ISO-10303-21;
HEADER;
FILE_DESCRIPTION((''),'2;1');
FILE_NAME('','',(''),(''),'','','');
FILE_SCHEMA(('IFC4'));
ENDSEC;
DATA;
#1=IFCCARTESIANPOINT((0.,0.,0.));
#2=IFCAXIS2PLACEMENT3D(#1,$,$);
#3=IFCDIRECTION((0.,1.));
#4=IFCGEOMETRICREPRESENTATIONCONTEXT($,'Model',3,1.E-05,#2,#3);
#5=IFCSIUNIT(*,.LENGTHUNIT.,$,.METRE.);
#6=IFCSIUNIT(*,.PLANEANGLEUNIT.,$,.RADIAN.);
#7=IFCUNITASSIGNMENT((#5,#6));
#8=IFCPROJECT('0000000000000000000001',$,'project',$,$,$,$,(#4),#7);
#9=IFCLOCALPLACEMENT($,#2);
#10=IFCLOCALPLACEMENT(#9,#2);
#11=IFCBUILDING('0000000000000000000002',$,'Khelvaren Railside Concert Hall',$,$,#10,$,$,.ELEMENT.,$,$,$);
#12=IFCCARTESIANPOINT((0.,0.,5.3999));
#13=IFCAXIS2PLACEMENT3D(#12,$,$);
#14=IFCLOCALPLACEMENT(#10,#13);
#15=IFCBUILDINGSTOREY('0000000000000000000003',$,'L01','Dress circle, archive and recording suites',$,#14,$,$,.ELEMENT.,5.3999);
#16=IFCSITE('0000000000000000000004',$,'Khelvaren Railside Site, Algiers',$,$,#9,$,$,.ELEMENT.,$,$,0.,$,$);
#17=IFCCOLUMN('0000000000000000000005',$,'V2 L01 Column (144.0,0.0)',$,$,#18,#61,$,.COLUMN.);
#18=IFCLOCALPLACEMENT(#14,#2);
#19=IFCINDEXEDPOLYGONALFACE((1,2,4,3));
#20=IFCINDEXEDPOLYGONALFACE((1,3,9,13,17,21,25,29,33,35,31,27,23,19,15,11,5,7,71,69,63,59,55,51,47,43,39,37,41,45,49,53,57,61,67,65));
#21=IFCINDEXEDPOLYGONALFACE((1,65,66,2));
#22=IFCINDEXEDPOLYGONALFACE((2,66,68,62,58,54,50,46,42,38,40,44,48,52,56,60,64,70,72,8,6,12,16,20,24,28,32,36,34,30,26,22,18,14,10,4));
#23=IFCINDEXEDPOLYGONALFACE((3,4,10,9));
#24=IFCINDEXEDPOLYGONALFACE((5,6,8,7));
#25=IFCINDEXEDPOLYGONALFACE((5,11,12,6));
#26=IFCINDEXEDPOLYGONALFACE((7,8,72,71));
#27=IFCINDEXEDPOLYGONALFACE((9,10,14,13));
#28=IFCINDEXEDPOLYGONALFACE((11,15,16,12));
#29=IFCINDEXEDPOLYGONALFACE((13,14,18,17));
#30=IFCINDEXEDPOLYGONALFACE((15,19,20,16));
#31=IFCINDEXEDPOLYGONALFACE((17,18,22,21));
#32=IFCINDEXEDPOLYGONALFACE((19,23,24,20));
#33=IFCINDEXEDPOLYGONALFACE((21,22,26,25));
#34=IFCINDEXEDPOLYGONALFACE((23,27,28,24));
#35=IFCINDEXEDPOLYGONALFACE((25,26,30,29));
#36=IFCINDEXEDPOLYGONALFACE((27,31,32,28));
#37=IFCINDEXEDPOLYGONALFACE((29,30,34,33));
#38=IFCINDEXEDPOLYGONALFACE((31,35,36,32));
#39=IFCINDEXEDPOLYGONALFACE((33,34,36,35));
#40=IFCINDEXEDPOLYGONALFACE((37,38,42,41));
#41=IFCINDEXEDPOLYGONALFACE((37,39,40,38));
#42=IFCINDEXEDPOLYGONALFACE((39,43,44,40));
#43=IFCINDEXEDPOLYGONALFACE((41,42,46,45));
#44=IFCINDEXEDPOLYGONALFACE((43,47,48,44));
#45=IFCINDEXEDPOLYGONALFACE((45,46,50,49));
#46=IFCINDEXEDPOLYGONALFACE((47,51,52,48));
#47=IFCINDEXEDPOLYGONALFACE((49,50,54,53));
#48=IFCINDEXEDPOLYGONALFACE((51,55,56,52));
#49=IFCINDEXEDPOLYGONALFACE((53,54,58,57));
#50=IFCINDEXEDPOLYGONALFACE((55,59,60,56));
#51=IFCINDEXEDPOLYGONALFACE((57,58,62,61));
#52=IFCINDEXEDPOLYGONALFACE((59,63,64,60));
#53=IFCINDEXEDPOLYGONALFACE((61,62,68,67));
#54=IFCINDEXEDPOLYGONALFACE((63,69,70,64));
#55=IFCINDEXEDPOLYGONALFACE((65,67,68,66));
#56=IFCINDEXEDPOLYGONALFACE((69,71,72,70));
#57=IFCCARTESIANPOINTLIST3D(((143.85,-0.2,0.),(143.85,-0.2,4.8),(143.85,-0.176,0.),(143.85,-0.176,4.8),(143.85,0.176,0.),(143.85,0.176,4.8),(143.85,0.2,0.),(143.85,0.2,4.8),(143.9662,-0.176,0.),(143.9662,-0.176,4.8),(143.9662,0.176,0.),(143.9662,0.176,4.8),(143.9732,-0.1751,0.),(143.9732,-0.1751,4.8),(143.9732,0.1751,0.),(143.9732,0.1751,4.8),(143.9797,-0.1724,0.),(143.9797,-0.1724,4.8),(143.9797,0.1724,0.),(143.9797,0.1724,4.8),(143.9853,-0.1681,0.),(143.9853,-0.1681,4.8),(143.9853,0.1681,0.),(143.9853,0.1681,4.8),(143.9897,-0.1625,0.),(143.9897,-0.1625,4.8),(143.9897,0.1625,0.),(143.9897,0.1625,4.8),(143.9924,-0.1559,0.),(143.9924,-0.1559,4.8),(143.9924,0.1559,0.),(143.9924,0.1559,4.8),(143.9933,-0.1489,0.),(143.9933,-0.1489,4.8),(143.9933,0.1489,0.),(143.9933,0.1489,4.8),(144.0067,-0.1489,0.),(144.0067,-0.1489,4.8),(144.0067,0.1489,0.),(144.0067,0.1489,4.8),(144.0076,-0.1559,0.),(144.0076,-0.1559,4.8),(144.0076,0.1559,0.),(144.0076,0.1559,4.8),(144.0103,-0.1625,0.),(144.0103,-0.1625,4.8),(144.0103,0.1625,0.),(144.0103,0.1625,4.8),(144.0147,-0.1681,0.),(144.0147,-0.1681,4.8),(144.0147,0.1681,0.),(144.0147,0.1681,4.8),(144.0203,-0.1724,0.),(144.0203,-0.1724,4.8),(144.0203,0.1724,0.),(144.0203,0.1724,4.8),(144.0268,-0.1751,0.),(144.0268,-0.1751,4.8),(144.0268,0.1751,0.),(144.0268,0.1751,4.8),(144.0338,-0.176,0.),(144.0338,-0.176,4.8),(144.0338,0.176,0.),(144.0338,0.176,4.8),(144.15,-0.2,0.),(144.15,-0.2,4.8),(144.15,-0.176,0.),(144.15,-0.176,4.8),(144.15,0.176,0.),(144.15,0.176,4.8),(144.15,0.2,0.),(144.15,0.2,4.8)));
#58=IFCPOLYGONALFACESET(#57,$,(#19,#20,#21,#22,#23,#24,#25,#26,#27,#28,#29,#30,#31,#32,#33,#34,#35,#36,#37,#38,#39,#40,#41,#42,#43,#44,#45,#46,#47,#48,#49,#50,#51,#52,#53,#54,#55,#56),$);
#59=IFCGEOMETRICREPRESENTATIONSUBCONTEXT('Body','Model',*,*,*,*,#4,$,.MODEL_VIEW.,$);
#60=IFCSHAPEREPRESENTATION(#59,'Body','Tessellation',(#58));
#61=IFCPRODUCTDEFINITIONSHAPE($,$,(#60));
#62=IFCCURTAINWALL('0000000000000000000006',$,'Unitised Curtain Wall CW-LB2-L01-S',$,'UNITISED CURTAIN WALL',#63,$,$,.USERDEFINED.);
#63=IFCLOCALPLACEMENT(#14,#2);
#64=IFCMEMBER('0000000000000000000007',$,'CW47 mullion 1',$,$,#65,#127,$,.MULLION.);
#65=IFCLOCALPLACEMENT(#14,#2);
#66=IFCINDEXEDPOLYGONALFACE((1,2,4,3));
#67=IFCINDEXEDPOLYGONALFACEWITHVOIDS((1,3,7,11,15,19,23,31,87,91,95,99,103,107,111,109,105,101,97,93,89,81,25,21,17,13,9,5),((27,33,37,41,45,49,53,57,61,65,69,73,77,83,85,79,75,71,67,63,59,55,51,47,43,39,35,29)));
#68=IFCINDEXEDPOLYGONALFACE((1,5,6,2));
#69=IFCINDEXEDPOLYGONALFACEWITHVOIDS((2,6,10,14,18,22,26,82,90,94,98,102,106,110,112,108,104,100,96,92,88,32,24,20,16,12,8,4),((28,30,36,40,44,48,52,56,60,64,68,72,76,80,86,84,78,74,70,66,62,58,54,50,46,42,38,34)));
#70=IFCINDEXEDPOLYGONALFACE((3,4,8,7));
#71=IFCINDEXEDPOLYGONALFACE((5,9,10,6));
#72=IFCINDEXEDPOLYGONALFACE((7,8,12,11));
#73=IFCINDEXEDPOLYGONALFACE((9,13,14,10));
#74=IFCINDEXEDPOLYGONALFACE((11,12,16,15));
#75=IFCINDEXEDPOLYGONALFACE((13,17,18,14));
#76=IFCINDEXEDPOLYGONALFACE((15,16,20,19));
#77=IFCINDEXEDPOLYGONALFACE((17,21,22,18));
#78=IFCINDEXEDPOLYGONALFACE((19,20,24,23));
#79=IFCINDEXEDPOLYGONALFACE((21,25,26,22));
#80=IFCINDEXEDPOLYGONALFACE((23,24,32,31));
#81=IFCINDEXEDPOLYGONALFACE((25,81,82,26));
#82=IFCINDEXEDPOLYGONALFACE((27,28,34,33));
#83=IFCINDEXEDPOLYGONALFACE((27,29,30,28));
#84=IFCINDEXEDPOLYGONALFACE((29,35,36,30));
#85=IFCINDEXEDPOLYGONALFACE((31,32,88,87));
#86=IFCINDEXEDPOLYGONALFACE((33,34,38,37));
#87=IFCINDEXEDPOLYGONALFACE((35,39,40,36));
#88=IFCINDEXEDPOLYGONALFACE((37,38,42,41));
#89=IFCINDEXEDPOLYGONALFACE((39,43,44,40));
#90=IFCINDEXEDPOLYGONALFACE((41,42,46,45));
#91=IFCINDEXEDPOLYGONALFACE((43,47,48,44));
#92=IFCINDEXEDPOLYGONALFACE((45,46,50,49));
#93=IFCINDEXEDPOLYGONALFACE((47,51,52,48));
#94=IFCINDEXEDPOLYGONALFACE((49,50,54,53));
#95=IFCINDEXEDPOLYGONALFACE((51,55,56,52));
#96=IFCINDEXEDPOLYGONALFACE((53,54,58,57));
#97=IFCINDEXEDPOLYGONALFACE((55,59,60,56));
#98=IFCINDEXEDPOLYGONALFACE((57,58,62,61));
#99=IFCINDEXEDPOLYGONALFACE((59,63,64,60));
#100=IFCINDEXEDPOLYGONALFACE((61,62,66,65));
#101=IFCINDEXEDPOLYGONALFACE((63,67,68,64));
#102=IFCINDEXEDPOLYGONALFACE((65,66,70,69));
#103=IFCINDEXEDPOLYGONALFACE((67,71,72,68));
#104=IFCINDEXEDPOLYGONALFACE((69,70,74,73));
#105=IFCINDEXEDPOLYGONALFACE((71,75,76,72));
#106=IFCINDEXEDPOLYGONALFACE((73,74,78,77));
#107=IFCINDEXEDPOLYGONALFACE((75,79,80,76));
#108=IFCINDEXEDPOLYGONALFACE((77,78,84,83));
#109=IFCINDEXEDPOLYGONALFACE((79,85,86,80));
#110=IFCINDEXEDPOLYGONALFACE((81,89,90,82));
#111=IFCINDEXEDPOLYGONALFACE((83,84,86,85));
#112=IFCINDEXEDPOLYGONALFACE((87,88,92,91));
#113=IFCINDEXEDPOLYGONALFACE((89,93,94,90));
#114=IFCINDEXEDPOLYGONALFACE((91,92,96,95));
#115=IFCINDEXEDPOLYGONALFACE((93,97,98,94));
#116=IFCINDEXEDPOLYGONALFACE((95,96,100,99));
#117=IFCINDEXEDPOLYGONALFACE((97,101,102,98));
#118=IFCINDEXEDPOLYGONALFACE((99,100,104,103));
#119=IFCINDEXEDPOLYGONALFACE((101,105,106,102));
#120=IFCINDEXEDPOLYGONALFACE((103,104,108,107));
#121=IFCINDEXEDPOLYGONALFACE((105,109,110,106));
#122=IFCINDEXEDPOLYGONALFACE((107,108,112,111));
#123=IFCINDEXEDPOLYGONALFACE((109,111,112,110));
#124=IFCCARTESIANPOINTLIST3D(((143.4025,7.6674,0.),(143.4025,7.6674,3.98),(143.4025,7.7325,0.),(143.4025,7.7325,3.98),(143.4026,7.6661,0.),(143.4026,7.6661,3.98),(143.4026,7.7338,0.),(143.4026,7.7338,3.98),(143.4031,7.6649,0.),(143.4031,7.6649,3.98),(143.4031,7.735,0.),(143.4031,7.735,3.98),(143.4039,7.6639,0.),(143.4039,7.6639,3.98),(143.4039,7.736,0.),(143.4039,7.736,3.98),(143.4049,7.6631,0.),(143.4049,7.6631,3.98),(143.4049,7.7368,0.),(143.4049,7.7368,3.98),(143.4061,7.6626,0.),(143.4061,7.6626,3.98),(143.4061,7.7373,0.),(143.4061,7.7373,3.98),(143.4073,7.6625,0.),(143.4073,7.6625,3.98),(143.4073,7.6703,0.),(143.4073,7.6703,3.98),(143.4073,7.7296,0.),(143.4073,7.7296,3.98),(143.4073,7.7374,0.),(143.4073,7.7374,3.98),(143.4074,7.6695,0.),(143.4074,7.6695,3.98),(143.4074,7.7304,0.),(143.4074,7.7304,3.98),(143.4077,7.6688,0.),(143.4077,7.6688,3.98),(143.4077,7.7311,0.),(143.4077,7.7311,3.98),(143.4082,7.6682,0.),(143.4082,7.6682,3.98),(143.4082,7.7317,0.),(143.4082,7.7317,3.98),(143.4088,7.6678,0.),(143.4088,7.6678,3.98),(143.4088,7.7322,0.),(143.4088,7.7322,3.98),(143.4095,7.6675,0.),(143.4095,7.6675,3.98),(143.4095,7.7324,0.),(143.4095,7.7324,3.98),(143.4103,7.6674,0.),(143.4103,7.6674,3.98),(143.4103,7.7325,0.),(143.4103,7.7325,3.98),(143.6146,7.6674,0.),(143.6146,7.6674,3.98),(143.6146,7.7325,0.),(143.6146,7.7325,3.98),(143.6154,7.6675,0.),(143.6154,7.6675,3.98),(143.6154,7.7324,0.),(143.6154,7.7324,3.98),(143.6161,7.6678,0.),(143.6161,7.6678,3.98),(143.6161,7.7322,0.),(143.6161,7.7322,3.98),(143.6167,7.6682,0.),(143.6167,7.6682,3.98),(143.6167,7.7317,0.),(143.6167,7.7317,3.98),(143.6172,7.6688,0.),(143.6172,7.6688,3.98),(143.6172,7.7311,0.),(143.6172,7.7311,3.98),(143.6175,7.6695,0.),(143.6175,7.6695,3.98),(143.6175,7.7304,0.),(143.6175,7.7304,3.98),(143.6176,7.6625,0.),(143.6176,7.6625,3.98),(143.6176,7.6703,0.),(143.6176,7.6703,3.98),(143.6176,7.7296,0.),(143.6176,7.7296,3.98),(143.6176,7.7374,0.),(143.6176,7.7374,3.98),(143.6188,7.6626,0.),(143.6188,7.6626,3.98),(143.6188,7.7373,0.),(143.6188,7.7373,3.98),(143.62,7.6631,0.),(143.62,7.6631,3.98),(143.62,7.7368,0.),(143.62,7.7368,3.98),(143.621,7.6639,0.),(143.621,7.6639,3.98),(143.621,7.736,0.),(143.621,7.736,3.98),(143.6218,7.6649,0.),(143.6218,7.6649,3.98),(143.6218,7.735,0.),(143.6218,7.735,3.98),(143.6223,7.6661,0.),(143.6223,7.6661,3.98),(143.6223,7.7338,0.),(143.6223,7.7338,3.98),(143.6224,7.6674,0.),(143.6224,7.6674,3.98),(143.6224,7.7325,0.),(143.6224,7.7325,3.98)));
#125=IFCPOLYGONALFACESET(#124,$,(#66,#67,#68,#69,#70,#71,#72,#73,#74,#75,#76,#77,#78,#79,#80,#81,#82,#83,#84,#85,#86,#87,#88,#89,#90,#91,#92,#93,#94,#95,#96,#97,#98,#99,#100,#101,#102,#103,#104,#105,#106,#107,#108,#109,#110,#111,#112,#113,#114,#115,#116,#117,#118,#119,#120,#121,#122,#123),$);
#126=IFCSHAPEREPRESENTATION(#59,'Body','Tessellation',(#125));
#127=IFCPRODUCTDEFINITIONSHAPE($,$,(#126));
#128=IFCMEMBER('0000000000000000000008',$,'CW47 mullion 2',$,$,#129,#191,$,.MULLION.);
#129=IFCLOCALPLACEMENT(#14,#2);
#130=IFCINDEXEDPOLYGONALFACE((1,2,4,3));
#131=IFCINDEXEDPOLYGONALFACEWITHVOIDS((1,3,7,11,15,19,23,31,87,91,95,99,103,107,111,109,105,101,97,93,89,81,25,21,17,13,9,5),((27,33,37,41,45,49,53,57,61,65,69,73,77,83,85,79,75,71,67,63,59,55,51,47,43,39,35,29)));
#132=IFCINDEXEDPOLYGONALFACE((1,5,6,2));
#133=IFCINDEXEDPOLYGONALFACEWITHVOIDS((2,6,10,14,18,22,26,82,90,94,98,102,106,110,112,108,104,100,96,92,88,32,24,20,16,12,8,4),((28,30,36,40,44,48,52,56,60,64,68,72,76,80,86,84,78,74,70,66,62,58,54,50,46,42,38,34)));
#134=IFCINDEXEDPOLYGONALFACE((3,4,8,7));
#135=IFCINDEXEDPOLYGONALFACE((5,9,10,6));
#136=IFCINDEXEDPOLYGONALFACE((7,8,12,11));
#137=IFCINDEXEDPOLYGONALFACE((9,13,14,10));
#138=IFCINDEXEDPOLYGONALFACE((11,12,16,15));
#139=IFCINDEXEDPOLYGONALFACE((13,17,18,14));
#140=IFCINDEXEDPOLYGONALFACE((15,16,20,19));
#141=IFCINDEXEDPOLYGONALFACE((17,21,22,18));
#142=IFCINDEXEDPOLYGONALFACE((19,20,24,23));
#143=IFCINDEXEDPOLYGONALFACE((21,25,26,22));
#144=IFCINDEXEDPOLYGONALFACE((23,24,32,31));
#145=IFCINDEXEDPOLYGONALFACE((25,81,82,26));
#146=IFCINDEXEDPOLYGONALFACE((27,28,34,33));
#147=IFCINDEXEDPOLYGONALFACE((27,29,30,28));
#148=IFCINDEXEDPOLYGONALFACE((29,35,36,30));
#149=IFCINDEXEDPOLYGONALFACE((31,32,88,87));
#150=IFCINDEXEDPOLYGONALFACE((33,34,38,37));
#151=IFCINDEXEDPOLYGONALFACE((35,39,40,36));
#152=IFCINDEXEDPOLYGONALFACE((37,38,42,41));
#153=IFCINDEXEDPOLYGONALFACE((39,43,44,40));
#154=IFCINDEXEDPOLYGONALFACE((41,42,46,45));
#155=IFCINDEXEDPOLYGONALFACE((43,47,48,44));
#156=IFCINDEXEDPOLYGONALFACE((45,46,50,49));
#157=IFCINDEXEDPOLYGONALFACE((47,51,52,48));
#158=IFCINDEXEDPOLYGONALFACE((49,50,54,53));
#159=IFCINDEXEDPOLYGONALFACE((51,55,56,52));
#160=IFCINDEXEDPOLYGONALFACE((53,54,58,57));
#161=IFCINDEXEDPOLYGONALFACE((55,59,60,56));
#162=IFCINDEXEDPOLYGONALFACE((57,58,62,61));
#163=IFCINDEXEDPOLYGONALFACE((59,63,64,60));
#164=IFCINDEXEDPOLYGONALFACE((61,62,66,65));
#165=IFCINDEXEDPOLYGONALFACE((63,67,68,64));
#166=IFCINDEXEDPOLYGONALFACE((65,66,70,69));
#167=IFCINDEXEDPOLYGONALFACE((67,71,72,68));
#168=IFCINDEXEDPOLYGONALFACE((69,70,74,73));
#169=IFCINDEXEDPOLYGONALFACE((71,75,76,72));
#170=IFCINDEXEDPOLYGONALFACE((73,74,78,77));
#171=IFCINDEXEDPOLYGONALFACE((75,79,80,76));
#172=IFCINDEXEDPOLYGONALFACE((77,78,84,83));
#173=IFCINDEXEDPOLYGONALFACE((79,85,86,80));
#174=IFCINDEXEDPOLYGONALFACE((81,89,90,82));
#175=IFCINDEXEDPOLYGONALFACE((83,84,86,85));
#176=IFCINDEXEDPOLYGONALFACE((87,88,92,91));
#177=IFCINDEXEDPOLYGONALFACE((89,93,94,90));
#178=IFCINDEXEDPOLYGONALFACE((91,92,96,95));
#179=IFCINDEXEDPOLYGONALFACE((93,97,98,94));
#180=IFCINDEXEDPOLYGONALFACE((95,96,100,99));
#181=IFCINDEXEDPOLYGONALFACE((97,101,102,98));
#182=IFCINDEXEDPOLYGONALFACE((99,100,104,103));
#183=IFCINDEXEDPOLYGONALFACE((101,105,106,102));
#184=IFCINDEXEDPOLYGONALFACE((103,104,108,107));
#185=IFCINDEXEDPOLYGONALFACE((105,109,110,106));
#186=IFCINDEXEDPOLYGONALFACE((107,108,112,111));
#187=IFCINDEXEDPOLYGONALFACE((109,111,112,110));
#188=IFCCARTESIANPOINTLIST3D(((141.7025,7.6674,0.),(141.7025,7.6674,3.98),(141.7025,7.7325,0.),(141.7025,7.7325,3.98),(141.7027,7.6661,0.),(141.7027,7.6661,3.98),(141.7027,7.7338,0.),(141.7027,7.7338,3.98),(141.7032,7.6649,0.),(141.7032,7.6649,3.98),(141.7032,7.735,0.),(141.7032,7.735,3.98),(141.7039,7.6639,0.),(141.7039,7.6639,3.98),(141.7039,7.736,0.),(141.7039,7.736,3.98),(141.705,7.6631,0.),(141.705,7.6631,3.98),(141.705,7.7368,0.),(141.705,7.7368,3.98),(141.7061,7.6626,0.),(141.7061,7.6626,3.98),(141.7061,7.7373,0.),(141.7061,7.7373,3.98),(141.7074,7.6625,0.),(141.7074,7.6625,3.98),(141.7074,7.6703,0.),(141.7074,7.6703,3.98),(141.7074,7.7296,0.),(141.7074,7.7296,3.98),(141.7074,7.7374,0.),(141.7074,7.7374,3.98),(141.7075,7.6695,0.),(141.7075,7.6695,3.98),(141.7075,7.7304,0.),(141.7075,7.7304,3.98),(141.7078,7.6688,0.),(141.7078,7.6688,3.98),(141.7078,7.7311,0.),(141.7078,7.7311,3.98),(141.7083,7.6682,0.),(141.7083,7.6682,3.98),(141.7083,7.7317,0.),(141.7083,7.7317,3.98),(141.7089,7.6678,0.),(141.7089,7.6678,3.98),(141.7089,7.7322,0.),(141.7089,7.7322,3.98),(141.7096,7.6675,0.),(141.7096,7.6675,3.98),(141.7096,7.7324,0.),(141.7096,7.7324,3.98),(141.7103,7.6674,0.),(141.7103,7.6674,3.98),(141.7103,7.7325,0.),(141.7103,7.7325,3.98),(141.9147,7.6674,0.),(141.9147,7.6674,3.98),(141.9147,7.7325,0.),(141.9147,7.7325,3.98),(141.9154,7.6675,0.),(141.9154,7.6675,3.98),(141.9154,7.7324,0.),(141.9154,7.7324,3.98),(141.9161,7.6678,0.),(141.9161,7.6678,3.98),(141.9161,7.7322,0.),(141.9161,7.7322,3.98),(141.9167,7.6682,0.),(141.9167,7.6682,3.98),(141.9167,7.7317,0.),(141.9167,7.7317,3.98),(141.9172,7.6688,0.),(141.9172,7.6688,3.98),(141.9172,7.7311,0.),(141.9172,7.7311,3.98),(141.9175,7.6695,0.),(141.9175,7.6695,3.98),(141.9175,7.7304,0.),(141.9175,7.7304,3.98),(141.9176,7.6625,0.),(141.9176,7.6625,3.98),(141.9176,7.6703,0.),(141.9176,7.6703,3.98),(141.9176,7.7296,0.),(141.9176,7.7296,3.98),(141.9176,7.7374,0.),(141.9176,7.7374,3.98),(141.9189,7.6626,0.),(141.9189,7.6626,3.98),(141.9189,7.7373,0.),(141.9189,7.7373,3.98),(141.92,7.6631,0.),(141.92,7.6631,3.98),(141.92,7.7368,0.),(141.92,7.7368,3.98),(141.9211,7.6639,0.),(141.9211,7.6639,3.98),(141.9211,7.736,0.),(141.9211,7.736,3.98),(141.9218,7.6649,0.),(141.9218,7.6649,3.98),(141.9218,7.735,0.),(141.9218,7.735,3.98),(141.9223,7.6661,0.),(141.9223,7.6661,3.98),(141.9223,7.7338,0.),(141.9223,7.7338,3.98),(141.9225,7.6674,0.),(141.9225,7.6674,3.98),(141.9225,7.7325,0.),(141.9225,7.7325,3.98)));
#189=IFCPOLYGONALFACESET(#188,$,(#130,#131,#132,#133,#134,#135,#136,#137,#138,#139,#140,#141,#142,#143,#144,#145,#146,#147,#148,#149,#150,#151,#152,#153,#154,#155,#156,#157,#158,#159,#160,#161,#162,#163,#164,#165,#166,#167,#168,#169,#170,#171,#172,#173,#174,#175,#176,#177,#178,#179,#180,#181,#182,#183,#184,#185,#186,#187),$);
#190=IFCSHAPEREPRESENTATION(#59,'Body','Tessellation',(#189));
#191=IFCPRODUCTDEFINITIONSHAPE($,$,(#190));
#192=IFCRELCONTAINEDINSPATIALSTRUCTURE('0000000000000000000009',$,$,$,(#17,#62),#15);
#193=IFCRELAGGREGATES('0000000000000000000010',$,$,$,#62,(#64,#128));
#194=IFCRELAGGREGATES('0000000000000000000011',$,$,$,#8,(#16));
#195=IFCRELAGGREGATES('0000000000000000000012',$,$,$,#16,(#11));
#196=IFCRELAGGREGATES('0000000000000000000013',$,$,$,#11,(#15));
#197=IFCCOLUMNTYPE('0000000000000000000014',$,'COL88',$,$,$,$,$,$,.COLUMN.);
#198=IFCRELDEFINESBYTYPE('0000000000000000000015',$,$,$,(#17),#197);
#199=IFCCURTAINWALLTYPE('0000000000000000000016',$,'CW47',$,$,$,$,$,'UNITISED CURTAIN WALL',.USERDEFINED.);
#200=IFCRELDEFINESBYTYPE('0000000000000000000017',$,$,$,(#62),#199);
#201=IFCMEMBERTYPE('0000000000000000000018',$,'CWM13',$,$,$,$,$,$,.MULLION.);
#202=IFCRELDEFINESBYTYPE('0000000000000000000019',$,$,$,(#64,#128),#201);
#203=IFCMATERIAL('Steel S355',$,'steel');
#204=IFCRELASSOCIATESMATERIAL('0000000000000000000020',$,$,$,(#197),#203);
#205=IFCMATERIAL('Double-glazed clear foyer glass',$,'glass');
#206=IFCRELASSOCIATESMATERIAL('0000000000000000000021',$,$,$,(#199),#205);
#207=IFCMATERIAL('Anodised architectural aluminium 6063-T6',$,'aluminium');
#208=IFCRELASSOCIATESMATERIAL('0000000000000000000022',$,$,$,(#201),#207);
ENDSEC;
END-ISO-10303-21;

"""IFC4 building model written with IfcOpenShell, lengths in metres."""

from ifc_helpers import new_model, si_unit, direction, frame, origin, origin_2d, place, context, subcontext, project, spatial, hollow_rectangle, i_section, extrude, material, material_profile, profile_set, type_object, element, aggregate, save


model = new_model("IFC4")

# Units and contexts
model_context = context("Model", 3, precision=1e-05, world=origin(), true_north=direction((0.0, 1.0)))
body_context = subcontext(model_context, "Body", "Model", "MODEL_VIEW")
ifc_project = project(units=[si_unit("LENGTHUNIT", "METRE"), si_unit("PLANEANGLEUNIT", "RADIAN")], contexts=[model_context])

# Site, building, storey
site_placement = place(None, origin())
site = spatial("IfcSite", under=ifc_project, at=site_placement, Name="Khelvaren Railside Site, Algiers", CompositionType="ELEMENT", RefElevation=0.0)
building_placement = place(site_placement, origin())
building = spatial("IfcBuilding", under=site, at=building_placement, Name="Khelvaren Railside Concert Hall", CompositionType="ELEMENT")
storey_placement = place(building_placement, frame((0.0, 0.0, 5.3999)))
storey = spatial("IfcBuildingStorey", under=building, at=storey_placement, Name="L01", Description="Dress circle, archive and recording suites", CompositionType="ELEMENT", Elevation=5.3999)

# Column
ifc_material_1 = material(Name="Steel S355", Category="steel")
ifc_material_profile_1 = material_profile(ifc_material_1, i_section(OverallWidth=0.3, OverallDepth=0.3999, WebThickness=0.0134, FlangeThickness=0.0239, FilletRadius=0.0271, at=origin_2d()), Name="HEB 400")
ifc_profile_set_1 = profile_set([ifc_material_profile_1], Name="Steel S355")
column_type = type_object("IfcColumnType", Name="COL88", PredefinedType="COLUMN", material=ifc_profile_set_1)
column_placement = place(storey_placement, frame((144.0, 0.0, 0.0), z_axis=(0.0, 0.0, 1.0), x_axis=(1.0, 0.0, 0.0)))
element("IfcColumn", 1, at=column_placement, inside=storey, type_object=column_type, Name="V2 L01 Column (144.0,0.0)", PredefinedType="COLUMN", context=body_context, shape_type="SweptSolid", body=[
    extrude(i_section(OverallWidth=0.3, OverallDepth=0.3999, WebThickness=0.0134, FlangeThickness=0.0239, FilletRadius=0.0271, at=origin_2d()), origin(), (0.0, 0.0, 1.0), 4.8),
])

# Curtain wall, members
ifc_material_2 = material(Name="Double-glazed clear foyer glass", Category="glass")
curtain_wall_type_1 = type_object("IfcCurtainWallType", Name="CW47", ElementType="UNITISED CURTAIN WALL", PredefinedType="USERDEFINED", material=ifc_material_2)
curtain_wall_1_placement = place(storey_placement, origin())
curtain_wall_1 = element("IfcCurtainWall", 2, at=curtain_wall_1_placement, inside=storey, type_object=curtain_wall_type_1, Name="Unitised Curtain Wall CW-LB2-L01-S", ObjectType="UNITISED CURTAIN WALL", PredefinedType="USERDEFINED")
ifc_material_3 = material(Name="Anodised architectural aluminium 6063-T6", Category="aluminium")
ifc_material_profile_2 = material_profile(ifc_material_3, hollow_rectangle(XDim=0.075, YDim=0.22, WallThickness=0.0049, InnerFilletRadius=0.0029, OuterFilletRadius=0.0049, at=origin_2d()), Name="CWM 75x220x5")
ifc_profile_set_2 = profile_set([ifc_material_profile_2], Name="Anodised architectural aluminium 6063-T6")
member_type_1 = type_object("IfcMemberType", Name="CWM13", PredefinedType="MULLION", material=ifc_profile_set_2)
member_1_placement = place(storey_placement, frame((143.5125, 7.7, 0.0), z_axis=(0.0, 0.0, 1.0), x_axis=(0.0, -1.0, 0.0)))
member_1 = element("IfcMember", 3, at=member_1_placement, type_object=member_type_1, Name="CW47 mullion 1", PredefinedType="MULLION", context=body_context, shape_type="SweptSolid", body=[
    extrude(hollow_rectangle(XDim=0.075, YDim=0.22, WallThickness=0.0049, InnerFilletRadius=0.0029, OuterFilletRadius=0.0049, at=origin_2d()), origin(), (0.0, 0.0, 1.0), 3.98),
])
member_2_placement = place(storey_placement, frame((141.8125, 7.7, 0.0), z_axis=(0.0, 0.0, 1.0), x_axis=(0.0, -1.0, 0.0)))
member_2 = element("IfcMember", 4, at=member_2_placement, type_object=member_type_1, Name="CW47 mullion 2", PredefinedType="MULLION", context=body_context, shape_type="SweptSolid", body=[
    extrude(hollow_rectangle(XDim=0.075, YDim=0.22, WallThickness=0.0049, InnerFilletRadius=0.0029, OuterFilletRadius=0.0049, at=origin_2d()), origin(), (0.0, 0.0, 1.0), 3.98),
])

aggregate(curtain_wall_1, [member_1, member_2])

save(model, "model.ifc")
